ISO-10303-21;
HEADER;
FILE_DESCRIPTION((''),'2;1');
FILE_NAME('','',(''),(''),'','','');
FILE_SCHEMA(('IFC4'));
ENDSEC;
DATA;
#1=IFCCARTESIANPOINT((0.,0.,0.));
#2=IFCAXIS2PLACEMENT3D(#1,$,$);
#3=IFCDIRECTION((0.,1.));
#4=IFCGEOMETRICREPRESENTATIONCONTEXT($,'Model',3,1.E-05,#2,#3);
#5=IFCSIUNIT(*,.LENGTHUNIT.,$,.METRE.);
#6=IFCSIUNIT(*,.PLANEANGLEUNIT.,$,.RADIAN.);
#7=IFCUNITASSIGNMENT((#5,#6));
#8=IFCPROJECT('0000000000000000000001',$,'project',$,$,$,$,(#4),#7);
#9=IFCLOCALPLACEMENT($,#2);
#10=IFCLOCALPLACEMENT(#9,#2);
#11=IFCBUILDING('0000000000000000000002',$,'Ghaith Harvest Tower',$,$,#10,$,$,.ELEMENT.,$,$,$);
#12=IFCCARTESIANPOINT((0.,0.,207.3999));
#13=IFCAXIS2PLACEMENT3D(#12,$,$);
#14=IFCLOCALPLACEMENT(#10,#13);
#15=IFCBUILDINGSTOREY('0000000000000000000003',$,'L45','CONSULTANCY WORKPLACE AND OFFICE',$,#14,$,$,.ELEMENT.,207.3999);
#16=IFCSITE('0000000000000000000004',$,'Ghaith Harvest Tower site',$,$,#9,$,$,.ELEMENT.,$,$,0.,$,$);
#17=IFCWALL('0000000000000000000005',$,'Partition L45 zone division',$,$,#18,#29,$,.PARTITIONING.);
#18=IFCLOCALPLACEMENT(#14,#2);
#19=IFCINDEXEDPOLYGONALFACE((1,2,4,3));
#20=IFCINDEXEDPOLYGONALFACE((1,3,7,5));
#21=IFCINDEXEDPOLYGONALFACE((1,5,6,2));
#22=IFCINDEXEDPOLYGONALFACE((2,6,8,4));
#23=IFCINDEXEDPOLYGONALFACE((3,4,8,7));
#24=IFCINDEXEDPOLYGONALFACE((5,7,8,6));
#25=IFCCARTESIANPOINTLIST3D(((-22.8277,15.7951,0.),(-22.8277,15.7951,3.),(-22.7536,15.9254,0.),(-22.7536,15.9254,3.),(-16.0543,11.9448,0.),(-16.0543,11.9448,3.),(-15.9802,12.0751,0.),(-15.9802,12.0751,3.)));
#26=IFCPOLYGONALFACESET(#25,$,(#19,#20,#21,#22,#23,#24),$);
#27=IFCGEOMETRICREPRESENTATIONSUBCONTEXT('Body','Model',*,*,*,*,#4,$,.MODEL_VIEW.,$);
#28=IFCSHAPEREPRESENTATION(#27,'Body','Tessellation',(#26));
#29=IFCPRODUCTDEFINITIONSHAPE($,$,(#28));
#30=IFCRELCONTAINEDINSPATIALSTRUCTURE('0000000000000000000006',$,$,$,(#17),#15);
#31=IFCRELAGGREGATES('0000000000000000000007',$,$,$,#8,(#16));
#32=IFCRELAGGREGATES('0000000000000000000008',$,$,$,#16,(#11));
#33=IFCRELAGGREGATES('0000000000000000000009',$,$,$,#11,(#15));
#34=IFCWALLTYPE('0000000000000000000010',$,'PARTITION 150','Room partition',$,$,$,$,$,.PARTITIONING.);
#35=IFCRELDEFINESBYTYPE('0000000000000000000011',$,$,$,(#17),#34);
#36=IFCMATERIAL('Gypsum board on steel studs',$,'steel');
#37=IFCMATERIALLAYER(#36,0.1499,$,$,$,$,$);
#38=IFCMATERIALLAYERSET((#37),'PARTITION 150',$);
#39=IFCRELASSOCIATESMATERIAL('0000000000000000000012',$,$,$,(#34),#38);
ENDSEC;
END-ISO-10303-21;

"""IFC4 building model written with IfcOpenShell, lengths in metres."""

from ifc_helpers import new_model, si_unit, direction, frame, frame_2d, origin, place, context, subcontext, project, spatial, rectangle, extrude, material, layer, layer_set, type_object, element, save


model = new_model("IFC4")

# Units and contexts
model_context = context("Model", 3, precision=1e-05, world=origin(), true_north=direction((0.0, 1.0)))
body_context = subcontext(model_context, "Body", "Model", "MODEL_VIEW")
ifc_project = project(units=[si_unit("LENGTHUNIT", "METRE"), si_unit("PLANEANGLEUNIT", "RADIAN")], contexts=[model_context])

# Site, building, storey
site_placement = place(None, origin())
site = spatial("IfcSite", under=ifc_project, at=site_placement, Name="Ghaith Harvest Tower site", CompositionType="ELEMENT", RefElevation=0.0)
building_placement = place(site_placement, origin())
building = spatial("IfcBuilding", under=site, at=building_placement, Name="Ghaith Harvest Tower", CompositionType="ELEMENT")
storey_placement = place(building_placement, frame((0.0, 0.0, 207.3999)))
storey = spatial("IfcBuildingStorey", under=building, at=storey_placement, Name="L45", Description="CONSULTANCY WORKPLACE AND OFFICE", CompositionType="ELEMENT", Elevation=207.3999)

# Shared definitions
ifc_material_1 = material(Name="Gypsum board on steel studs", Category="steel")
ifc_layer_1 = layer(ifc_material_1, 0.1499)
ifc_layer_set_1 = layer_set([ifc_layer_1], Name="PARTITION 150")
wall_type_1 = type_object("IfcWallType", Name="PARTITION 150", Description="Room partition", PredefinedType="PARTITIONING", material=ifc_layer_set_1)

# Wall
wall_1_placement = place(storey_placement, frame((-16.0173, 12.01, 0.0), z_axis=(0.0, 0.0, 1.0), x_axis=(-0.869357, 0.494184, 0.0)))
element("IfcWall", 1, at=wall_1_placement, inside=storey, type_object=wall_type_1, Name="Partition L45 zone division", PredefinedType="PARTITIONING", context=body_context, shape_type="SweptSolid", body=[
    extrude(rectangle(XDim=7.7913, YDim=0.1499, at=frame_2d((3.8955, 0.0))), origin(), (0.0, 0.0, 1.0), 3.0),
])

save(model, "model.ifc")
